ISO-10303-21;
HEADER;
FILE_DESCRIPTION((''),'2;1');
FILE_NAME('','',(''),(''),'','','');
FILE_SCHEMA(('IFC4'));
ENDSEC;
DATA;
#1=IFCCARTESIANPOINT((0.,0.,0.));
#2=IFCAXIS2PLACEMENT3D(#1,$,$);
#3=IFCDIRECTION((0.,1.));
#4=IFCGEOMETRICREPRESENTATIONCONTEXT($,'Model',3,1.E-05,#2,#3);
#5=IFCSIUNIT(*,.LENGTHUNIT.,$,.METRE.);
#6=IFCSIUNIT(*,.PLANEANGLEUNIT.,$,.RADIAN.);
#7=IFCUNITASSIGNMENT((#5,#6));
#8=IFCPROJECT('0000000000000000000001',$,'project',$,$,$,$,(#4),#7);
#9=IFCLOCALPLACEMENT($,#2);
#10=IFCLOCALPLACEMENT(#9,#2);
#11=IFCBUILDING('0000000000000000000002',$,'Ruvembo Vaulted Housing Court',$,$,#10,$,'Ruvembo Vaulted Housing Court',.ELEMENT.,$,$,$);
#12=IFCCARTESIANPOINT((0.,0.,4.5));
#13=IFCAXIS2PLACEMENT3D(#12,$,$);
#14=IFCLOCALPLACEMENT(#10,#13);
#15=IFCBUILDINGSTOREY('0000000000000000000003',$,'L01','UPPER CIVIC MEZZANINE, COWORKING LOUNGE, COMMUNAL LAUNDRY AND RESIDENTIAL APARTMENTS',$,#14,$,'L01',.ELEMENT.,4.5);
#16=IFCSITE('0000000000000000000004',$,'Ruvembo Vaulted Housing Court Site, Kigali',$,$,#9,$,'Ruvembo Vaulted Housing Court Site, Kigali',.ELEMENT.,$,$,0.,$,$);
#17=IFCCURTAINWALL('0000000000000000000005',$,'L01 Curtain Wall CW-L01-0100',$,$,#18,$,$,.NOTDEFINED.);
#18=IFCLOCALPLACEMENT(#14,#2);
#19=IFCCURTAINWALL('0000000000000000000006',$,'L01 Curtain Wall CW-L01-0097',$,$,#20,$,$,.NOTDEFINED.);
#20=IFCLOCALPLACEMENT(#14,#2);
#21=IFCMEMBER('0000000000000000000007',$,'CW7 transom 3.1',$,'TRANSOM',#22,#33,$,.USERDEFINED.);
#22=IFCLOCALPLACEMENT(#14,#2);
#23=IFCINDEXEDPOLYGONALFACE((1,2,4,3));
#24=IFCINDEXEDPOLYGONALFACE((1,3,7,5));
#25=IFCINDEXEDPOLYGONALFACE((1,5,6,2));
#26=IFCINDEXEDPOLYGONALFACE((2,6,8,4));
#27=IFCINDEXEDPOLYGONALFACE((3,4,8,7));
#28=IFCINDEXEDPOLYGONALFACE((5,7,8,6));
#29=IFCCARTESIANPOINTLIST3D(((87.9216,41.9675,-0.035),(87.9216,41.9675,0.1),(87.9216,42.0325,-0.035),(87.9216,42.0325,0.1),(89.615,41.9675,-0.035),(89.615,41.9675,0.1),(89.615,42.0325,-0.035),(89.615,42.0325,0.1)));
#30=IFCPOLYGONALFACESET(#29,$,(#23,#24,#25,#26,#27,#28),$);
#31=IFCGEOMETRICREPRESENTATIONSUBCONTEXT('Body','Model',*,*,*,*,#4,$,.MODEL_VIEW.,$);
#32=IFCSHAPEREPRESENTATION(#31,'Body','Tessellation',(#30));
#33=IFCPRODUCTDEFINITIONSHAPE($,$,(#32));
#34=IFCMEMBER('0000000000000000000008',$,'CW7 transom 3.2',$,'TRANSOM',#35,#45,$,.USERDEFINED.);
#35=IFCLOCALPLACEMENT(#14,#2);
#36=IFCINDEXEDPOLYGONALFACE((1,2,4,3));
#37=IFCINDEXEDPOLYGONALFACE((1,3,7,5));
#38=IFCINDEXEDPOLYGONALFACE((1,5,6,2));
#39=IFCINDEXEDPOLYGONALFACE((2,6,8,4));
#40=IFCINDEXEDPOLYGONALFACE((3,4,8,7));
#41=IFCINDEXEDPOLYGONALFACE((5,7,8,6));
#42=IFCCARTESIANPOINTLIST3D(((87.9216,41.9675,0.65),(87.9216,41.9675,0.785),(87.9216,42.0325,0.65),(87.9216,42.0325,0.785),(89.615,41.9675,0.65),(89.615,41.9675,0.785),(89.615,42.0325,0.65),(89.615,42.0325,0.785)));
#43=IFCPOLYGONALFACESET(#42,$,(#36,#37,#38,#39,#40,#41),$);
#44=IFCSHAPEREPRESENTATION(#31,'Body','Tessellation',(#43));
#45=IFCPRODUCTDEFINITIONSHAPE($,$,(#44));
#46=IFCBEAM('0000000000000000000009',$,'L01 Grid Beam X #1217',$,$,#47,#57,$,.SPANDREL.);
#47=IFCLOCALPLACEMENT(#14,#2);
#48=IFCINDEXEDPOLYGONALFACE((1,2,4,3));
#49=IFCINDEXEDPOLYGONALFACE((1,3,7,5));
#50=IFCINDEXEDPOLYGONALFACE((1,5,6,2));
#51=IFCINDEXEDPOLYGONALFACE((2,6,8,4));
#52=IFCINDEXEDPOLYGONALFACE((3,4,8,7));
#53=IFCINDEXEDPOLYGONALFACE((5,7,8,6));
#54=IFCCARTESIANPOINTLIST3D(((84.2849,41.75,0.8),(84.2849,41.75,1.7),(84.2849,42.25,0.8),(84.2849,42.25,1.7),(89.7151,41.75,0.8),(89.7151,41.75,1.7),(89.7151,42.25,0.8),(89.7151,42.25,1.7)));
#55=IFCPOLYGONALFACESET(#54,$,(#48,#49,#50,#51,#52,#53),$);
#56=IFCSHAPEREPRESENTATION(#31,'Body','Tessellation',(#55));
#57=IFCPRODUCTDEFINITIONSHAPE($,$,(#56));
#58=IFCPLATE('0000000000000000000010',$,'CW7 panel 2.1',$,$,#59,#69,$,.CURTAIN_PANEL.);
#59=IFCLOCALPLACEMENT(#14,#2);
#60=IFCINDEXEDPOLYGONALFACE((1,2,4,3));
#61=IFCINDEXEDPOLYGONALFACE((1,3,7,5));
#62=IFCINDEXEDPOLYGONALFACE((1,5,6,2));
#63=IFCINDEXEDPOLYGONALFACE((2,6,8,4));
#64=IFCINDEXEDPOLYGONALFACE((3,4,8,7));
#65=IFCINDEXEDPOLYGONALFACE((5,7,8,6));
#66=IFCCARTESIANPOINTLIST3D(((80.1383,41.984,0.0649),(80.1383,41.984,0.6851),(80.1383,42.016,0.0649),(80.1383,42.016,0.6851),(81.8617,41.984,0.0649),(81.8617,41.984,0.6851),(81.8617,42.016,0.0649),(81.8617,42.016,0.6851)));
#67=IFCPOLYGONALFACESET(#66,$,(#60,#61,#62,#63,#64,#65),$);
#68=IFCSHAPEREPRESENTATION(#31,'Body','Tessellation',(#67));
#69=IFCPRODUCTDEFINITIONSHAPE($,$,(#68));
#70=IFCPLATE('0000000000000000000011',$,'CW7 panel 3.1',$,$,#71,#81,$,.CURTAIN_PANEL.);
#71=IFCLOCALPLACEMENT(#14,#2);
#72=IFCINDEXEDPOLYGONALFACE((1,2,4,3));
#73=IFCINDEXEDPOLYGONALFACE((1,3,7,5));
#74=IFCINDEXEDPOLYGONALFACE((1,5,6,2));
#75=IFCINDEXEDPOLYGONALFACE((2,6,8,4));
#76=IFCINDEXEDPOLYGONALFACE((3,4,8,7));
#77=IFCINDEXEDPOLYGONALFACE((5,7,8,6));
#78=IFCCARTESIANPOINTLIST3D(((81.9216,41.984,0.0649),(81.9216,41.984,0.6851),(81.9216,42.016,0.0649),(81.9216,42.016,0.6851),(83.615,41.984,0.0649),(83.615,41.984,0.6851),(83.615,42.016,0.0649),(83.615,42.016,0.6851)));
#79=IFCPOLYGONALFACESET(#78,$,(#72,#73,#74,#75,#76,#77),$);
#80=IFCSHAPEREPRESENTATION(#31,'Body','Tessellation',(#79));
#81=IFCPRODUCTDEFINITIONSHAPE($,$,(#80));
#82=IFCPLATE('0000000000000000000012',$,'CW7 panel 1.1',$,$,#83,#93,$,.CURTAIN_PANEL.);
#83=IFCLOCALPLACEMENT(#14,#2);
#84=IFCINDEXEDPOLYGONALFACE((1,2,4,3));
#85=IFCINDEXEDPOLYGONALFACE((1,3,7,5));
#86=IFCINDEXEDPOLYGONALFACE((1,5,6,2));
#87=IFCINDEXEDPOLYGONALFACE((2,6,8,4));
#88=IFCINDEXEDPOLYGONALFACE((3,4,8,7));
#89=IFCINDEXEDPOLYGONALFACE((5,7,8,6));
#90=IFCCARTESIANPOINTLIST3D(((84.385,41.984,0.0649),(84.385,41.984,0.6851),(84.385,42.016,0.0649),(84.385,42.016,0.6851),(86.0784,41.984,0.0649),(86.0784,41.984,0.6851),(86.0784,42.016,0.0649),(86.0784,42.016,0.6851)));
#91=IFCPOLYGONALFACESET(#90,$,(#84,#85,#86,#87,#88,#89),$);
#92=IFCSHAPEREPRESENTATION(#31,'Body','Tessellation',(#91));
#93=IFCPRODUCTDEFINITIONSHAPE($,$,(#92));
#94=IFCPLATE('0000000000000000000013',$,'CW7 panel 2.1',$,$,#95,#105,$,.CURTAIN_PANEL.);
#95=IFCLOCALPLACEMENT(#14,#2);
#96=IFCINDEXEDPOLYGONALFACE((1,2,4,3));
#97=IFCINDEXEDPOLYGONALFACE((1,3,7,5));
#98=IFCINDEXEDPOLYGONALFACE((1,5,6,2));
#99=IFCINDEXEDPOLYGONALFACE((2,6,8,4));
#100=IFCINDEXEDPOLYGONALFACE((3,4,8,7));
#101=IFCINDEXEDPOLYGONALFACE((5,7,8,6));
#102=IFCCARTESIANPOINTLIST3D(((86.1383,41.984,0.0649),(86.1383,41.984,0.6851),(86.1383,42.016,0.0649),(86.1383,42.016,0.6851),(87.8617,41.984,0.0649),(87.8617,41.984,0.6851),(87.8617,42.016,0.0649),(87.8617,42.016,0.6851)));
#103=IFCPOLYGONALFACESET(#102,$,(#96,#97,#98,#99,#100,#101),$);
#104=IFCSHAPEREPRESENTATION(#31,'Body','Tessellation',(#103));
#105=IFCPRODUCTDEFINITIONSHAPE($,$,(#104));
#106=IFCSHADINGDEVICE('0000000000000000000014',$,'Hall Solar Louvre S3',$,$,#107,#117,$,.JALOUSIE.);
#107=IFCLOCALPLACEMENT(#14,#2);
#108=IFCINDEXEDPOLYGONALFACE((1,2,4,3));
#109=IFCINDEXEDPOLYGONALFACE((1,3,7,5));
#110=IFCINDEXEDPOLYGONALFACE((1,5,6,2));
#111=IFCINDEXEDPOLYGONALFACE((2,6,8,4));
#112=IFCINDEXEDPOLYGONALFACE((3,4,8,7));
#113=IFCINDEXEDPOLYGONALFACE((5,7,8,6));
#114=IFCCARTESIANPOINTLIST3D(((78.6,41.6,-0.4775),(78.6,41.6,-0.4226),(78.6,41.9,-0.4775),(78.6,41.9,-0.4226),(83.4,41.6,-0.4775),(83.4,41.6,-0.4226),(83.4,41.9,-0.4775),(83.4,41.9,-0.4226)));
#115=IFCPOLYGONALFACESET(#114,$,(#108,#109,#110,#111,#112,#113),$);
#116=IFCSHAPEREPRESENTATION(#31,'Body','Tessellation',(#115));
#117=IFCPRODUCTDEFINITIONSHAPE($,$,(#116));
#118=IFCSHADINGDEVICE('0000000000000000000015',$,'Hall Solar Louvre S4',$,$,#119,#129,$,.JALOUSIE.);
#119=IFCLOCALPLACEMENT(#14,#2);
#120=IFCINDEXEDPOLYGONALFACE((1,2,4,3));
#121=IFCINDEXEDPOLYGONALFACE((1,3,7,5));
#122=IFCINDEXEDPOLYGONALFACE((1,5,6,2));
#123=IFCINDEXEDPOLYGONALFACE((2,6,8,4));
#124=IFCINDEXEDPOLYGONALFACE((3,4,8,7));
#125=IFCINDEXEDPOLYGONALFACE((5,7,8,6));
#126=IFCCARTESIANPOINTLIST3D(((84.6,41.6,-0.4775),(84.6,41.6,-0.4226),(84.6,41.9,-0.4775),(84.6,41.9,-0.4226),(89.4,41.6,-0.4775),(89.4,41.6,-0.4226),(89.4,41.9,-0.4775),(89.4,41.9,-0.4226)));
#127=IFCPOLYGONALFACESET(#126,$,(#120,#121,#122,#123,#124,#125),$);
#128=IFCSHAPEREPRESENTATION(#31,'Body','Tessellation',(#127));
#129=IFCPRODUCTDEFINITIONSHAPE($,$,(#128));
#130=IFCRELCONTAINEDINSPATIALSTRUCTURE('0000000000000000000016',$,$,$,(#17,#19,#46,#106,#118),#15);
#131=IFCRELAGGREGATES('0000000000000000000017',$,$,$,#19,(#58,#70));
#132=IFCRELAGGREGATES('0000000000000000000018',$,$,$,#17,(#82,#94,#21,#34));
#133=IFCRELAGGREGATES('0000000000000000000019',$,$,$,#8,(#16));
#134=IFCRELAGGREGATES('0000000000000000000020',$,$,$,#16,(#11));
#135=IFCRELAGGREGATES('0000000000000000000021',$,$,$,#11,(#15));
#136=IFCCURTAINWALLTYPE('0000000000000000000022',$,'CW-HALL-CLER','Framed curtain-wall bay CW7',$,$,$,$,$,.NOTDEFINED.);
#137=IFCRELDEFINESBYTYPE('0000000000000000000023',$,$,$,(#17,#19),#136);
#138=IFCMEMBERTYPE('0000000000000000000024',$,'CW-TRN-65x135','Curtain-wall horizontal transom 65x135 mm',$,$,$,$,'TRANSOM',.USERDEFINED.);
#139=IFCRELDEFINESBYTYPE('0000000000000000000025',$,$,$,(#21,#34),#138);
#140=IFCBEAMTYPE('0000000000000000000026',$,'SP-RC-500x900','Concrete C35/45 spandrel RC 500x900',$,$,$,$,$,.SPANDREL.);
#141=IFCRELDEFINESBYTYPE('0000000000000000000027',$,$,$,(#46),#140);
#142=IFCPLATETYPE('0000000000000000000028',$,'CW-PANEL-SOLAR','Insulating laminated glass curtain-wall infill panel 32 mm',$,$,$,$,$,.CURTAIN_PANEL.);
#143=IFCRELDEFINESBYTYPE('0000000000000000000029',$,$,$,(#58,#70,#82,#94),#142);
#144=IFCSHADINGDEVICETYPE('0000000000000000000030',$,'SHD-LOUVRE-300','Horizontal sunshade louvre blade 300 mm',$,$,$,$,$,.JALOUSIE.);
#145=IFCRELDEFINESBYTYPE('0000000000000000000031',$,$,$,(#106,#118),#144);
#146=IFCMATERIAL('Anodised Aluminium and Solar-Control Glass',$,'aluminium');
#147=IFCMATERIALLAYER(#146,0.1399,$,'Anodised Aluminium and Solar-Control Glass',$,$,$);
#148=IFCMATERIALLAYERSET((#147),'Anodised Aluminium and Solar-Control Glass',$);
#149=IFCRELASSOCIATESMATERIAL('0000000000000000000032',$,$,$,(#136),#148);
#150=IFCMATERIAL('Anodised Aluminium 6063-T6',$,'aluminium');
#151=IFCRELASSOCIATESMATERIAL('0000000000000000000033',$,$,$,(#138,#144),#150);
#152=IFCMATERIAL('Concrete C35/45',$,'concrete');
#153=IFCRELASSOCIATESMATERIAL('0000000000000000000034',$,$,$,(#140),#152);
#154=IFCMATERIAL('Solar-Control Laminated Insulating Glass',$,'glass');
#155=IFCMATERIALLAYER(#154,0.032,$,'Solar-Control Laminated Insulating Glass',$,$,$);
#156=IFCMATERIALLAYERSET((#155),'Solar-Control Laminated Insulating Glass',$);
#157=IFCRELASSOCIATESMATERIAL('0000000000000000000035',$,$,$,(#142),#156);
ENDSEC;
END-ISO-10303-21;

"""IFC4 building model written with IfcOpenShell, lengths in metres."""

from ifc_helpers import new_model, si_unit, direction, frame, origin, origin_2d, place, context, subcontext, project, spatial, rectangle, extrude, material, layer, layer_set, material_profile, profile_set, type_object, element, aggregate, save


model = new_model("IFC4")

# Units and contexts
model_context = context("Model", 3, precision=1e-05, world=origin(), true_north=direction((0.0, 1.0)))
body_context = subcontext(model_context, "Body", "Model", "MODEL_VIEW")
ifc_project = project(units=[si_unit("LENGTHUNIT", "METRE"), si_unit("PLANEANGLEUNIT", "RADIAN")], contexts=[model_context])

# Site, building, storey
site_placement = place(None, origin())
site = spatial("IfcSite", under=ifc_project, at=site_placement, Name="Ruvembo Vaulted Housing Court Site, Kigali", LongName="Ruvembo Vaulted Housing Court Site, Kigali", CompositionType="ELEMENT", RefElevation=0.0)
building_placement = place(site_placement, origin())
building = spatial("IfcBuilding", under=site, at=building_placement, Name="Ruvembo Vaulted Housing Court", LongName="Ruvembo Vaulted Housing Court", CompositionType="ELEMENT")
storey_placement = place(building_placement, frame((0.0, 0.0, 4.5)))
storey = spatial("IfcBuildingStorey", under=building, at=storey_placement, Name="L01", Description="UPPER CIVIC MEZZANINE, COWORKING LOUNGE, COMMUNAL LAUNDRY AND RESIDENTIAL APARTMENTS", LongName="L01", CompositionType="ELEMENT", Elevation=4.5)

# Curtain walls
ifc_material_1 = material(Name="Anodised Aluminium and Solar-Control Glass", Category="aluminium")
ifc_layer_1 = layer(ifc_material_1, 0.1399, Name="Anodised Aluminium and Solar-Control Glass")
ifc_layer_set_1 = layer_set([ifc_layer_1], Name="Anodised Aluminium and Solar-Control Glass")
curtain_wall_type = type_object("IfcCurtainWallType", Name="CW-HALL-CLER", Description="Framed curtain-wall bay CW7", PredefinedType="NOTDEFINED", material=ifc_layer_set_1)
curtain_wall_1_placement = place(storey_placement, origin())
curtain_wall_1 = element("IfcCurtainWall", 1, at=curtain_wall_1_placement, inside=storey, type_object=curtain_wall_type, Name="L01 Curtain Wall CW-L01-0100", PredefinedType="NOTDEFINED")
ifc_material_2 = material(Name="Anodised Aluminium 6063-T6", Category="aluminium")
curtain_wall_2_placement = place(storey_placement, origin())
curtain_wall_2 = element("IfcCurtainWall", 2, at=curtain_wall_2_placement, inside=storey, type_object=curtain_wall_type, Name="L01 Curtain Wall CW-L01-0097", PredefinedType="NOTDEFINED")
ifc_material_profile_1 = material_profile(ifc_material_2, rectangle(XDim=0.0649, YDim=0.135, at=origin_2d()), Name="ALU 65x135")
ifc_profile_set_1 = profile_set([ifc_material_profile_1], Name="Anodised Aluminium 6063-T6")
member_type_1 = type_object("IfcMemberType", Name="CW-TRN-65x135", Description="Curtain-wall horizontal transom 65x135 mm", ElementType="TRANSOM", PredefinedType="USERDEFINED", material=ifc_profile_set_1)

# Members
member_1_placement = place(storey_placement, frame((87.9216, 42.0, 0.0325), z_axis=(1.0, 0.0, 0.0), x_axis=(0.0, 1.0, 0.0)))
member_1 = element("IfcMember", 3, at=member_1_placement, type_object=member_type_1, Name="CW7 transom 3.1", ObjectType="TRANSOM", PredefinedType="USERDEFINED", context=body_context, shape_type="SweptSolid", body=[
    extrude(rectangle(XDim=0.0649, YDim=0.135, at=origin_2d()), origin(), (0.0, 0.0, 1.0), 1.6934),
])
member_2_placement = place(storey_placement, frame((87.9216, 42.0, 0.7175), z_axis=(1.0, 0.0, 0.0), x_axis=(0.0, 1.0, 0.0)))
member_2 = element("IfcMember", 4, at=member_2_placement, type_object=member_type_1, Name="CW7 transom 3.2", ObjectType="TRANSOM", PredefinedType="USERDEFINED", context=body_context, shape_type="SweptSolid", body=[
    extrude(rectangle(XDim=0.0649, YDim=0.135, at=origin_2d()), origin(), (0.0, 0.0, 1.0), 1.6934),
])

# Beam
ifc_material_3 = material(Name="Concrete C35/45", Category="concrete")
ifc_material_profile_2 = material_profile(ifc_material_3, rectangle(XDim=0.5, YDim=0.8999, at=origin_2d()), Name="RC 500x900")
ifc_profile_set_2 = profile_set([ifc_material_profile_2], Name="Concrete C35/45")
beam_type = type_object("IfcBeamType", Name="SP-RC-500x900", Description="Concrete C35/45 spandrel RC 500x900", PredefinedType="SPANDREL", material=ifc_profile_set_2)
beam_placement = place(storey_placement, frame((84.2849, 42.0, 1.25), z_axis=(1.0, 0.0, 0.0), x_axis=(0.0, 1.0, 0.0)))
element("IfcBeam", 5, at=beam_placement, inside=storey, type_object=beam_type, Name="L01 Grid Beam X #1217", PredefinedType="SPANDREL", context=body_context, shape_type="SweptSolid", body=[
    extrude(rectangle(XDim=0.5, YDim=0.8999, at=origin_2d()), origin(), (0.0, 0.0, 1.0), 5.4302),
])

# Plates
ifc_material_4 = material(Name="Solar-Control Laminated Insulating Glass", Category="glass")
ifc_layer_2 = layer(ifc_material_4, 0.032, Name="Solar-Control Laminated Insulating Glass")
ifc_layer_set_2 = layer_set([ifc_layer_2], Name="Solar-Control Laminated Insulating Glass")
plate_type = type_object("IfcPlateType", Name="CW-PANEL-SOLAR", Description="Insulating laminated glass curtain-wall infill panel 32 mm", PredefinedType="CURTAIN_PANEL", material=ifc_layer_set_2)
plate_1_placement = place(storey_placement, frame((81.0, 42.0, 0.0649), z_axis=(0.0, 0.0, 1.0), x_axis=(1.0, 0.0, 0.0)))
plate_1 = element("IfcPlate", 6, at=plate_1_placement, type_object=plate_type, Name="CW7 panel 2.1", PredefinedType="CURTAIN_PANEL", context=body_context, shape_type="SweptSolid", body=[
    extrude(rectangle(XDim=1.7234, YDim=0.032, at=origin_2d()), origin(), (0.0, 0.0, 1.0), 0.6201),
])
plate_2_placement = place(storey_placement, frame((82.7683, 42.0, 0.0649), z_axis=(0.0, 0.0, 1.0), x_axis=(1.0, 0.0, 0.0)))
plate_2 = element("IfcPlate", 7, at=plate_2_placement, type_object=plate_type, Name="CW7 panel 3.1", PredefinedType="CURTAIN_PANEL", context=body_context, shape_type="SweptSolid", body=[
    extrude(rectangle(XDim=1.6934, YDim=0.032, at=origin_2d()), origin(), (0.0, 0.0, 1.0), 0.6201),
])
aggregate(curtain_wall_2, [plate_1, plate_2])
plate_3_placement = place(storey_placement, frame((85.2317, 42.0, 0.0649), z_axis=(0.0, 0.0, 1.0), x_axis=(1.0, 0.0, 0.0)))
plate_3 = element("IfcPlate", 8, at=plate_3_placement, type_object=plate_type, Name="CW7 panel 1.1", PredefinedType="CURTAIN_PANEL", context=body_context, shape_type="SweptSolid", body=[
    extrude(rectangle(XDim=1.6934, YDim=0.032, at=origin_2d()), origin(), (0.0, 0.0, 1.0), 0.6201),
])
plate_4_placement = place(storey_placement, frame((87.0, 42.0, 0.0649), z_axis=(0.0, 0.0, 1.0), x_axis=(1.0, 0.0, 0.0)))
plate_4 = element("IfcPlate", 9, at=plate_4_placement, type_object=plate_type, Name="CW7 panel 2.1", PredefinedType="CURTAIN_PANEL", context=body_context, shape_type="SweptSolid", body=[
    extrude(rectangle(XDim=1.7234, YDim=0.032, at=origin_2d()), origin(), (0.0, 0.0, 1.0), 0.6201),
])
aggregate(curtain_wall_1, [plate_3, plate_4, member_1, member_2])

# Shading devices
shading_device_type = type_object("IfcShadingDeviceType", Name="SHD-LOUVRE-300", Description="Horizontal sunshade louvre blade 300 mm", PredefinedType="JALOUSIE", material=ifc_material_2)
for number, where, z_axis, x_axis, name in (
    (10, (81.0, 41.75, -0.4775), (0.0, 0.0, 1.0), (1.0, 0.0, 0.0), "Hall Solar Louvre S3"),
    (11, (87.0, 41.75, -0.4775), (0.0, 0.0, 1.0), (1.0, 0.0, 0.0), "Hall Solar Louvre S4"),
):
    element("IfcShadingDevice", number, at=place(storey_placement, frame(where, z_axis=z_axis, x_axis=x_axis)), inside=storey, type_object=shading_device_type, Name=name, PredefinedType="JALOUSIE", context=body_context, shape_type="SweptSolid", body=[
        extrude(rectangle(XDim=4.8, YDim=0.3, at=origin_2d()), origin(), (0.0, 0.0, 1.0), 0.0549),
    ])

save(model, "model.ifc")
